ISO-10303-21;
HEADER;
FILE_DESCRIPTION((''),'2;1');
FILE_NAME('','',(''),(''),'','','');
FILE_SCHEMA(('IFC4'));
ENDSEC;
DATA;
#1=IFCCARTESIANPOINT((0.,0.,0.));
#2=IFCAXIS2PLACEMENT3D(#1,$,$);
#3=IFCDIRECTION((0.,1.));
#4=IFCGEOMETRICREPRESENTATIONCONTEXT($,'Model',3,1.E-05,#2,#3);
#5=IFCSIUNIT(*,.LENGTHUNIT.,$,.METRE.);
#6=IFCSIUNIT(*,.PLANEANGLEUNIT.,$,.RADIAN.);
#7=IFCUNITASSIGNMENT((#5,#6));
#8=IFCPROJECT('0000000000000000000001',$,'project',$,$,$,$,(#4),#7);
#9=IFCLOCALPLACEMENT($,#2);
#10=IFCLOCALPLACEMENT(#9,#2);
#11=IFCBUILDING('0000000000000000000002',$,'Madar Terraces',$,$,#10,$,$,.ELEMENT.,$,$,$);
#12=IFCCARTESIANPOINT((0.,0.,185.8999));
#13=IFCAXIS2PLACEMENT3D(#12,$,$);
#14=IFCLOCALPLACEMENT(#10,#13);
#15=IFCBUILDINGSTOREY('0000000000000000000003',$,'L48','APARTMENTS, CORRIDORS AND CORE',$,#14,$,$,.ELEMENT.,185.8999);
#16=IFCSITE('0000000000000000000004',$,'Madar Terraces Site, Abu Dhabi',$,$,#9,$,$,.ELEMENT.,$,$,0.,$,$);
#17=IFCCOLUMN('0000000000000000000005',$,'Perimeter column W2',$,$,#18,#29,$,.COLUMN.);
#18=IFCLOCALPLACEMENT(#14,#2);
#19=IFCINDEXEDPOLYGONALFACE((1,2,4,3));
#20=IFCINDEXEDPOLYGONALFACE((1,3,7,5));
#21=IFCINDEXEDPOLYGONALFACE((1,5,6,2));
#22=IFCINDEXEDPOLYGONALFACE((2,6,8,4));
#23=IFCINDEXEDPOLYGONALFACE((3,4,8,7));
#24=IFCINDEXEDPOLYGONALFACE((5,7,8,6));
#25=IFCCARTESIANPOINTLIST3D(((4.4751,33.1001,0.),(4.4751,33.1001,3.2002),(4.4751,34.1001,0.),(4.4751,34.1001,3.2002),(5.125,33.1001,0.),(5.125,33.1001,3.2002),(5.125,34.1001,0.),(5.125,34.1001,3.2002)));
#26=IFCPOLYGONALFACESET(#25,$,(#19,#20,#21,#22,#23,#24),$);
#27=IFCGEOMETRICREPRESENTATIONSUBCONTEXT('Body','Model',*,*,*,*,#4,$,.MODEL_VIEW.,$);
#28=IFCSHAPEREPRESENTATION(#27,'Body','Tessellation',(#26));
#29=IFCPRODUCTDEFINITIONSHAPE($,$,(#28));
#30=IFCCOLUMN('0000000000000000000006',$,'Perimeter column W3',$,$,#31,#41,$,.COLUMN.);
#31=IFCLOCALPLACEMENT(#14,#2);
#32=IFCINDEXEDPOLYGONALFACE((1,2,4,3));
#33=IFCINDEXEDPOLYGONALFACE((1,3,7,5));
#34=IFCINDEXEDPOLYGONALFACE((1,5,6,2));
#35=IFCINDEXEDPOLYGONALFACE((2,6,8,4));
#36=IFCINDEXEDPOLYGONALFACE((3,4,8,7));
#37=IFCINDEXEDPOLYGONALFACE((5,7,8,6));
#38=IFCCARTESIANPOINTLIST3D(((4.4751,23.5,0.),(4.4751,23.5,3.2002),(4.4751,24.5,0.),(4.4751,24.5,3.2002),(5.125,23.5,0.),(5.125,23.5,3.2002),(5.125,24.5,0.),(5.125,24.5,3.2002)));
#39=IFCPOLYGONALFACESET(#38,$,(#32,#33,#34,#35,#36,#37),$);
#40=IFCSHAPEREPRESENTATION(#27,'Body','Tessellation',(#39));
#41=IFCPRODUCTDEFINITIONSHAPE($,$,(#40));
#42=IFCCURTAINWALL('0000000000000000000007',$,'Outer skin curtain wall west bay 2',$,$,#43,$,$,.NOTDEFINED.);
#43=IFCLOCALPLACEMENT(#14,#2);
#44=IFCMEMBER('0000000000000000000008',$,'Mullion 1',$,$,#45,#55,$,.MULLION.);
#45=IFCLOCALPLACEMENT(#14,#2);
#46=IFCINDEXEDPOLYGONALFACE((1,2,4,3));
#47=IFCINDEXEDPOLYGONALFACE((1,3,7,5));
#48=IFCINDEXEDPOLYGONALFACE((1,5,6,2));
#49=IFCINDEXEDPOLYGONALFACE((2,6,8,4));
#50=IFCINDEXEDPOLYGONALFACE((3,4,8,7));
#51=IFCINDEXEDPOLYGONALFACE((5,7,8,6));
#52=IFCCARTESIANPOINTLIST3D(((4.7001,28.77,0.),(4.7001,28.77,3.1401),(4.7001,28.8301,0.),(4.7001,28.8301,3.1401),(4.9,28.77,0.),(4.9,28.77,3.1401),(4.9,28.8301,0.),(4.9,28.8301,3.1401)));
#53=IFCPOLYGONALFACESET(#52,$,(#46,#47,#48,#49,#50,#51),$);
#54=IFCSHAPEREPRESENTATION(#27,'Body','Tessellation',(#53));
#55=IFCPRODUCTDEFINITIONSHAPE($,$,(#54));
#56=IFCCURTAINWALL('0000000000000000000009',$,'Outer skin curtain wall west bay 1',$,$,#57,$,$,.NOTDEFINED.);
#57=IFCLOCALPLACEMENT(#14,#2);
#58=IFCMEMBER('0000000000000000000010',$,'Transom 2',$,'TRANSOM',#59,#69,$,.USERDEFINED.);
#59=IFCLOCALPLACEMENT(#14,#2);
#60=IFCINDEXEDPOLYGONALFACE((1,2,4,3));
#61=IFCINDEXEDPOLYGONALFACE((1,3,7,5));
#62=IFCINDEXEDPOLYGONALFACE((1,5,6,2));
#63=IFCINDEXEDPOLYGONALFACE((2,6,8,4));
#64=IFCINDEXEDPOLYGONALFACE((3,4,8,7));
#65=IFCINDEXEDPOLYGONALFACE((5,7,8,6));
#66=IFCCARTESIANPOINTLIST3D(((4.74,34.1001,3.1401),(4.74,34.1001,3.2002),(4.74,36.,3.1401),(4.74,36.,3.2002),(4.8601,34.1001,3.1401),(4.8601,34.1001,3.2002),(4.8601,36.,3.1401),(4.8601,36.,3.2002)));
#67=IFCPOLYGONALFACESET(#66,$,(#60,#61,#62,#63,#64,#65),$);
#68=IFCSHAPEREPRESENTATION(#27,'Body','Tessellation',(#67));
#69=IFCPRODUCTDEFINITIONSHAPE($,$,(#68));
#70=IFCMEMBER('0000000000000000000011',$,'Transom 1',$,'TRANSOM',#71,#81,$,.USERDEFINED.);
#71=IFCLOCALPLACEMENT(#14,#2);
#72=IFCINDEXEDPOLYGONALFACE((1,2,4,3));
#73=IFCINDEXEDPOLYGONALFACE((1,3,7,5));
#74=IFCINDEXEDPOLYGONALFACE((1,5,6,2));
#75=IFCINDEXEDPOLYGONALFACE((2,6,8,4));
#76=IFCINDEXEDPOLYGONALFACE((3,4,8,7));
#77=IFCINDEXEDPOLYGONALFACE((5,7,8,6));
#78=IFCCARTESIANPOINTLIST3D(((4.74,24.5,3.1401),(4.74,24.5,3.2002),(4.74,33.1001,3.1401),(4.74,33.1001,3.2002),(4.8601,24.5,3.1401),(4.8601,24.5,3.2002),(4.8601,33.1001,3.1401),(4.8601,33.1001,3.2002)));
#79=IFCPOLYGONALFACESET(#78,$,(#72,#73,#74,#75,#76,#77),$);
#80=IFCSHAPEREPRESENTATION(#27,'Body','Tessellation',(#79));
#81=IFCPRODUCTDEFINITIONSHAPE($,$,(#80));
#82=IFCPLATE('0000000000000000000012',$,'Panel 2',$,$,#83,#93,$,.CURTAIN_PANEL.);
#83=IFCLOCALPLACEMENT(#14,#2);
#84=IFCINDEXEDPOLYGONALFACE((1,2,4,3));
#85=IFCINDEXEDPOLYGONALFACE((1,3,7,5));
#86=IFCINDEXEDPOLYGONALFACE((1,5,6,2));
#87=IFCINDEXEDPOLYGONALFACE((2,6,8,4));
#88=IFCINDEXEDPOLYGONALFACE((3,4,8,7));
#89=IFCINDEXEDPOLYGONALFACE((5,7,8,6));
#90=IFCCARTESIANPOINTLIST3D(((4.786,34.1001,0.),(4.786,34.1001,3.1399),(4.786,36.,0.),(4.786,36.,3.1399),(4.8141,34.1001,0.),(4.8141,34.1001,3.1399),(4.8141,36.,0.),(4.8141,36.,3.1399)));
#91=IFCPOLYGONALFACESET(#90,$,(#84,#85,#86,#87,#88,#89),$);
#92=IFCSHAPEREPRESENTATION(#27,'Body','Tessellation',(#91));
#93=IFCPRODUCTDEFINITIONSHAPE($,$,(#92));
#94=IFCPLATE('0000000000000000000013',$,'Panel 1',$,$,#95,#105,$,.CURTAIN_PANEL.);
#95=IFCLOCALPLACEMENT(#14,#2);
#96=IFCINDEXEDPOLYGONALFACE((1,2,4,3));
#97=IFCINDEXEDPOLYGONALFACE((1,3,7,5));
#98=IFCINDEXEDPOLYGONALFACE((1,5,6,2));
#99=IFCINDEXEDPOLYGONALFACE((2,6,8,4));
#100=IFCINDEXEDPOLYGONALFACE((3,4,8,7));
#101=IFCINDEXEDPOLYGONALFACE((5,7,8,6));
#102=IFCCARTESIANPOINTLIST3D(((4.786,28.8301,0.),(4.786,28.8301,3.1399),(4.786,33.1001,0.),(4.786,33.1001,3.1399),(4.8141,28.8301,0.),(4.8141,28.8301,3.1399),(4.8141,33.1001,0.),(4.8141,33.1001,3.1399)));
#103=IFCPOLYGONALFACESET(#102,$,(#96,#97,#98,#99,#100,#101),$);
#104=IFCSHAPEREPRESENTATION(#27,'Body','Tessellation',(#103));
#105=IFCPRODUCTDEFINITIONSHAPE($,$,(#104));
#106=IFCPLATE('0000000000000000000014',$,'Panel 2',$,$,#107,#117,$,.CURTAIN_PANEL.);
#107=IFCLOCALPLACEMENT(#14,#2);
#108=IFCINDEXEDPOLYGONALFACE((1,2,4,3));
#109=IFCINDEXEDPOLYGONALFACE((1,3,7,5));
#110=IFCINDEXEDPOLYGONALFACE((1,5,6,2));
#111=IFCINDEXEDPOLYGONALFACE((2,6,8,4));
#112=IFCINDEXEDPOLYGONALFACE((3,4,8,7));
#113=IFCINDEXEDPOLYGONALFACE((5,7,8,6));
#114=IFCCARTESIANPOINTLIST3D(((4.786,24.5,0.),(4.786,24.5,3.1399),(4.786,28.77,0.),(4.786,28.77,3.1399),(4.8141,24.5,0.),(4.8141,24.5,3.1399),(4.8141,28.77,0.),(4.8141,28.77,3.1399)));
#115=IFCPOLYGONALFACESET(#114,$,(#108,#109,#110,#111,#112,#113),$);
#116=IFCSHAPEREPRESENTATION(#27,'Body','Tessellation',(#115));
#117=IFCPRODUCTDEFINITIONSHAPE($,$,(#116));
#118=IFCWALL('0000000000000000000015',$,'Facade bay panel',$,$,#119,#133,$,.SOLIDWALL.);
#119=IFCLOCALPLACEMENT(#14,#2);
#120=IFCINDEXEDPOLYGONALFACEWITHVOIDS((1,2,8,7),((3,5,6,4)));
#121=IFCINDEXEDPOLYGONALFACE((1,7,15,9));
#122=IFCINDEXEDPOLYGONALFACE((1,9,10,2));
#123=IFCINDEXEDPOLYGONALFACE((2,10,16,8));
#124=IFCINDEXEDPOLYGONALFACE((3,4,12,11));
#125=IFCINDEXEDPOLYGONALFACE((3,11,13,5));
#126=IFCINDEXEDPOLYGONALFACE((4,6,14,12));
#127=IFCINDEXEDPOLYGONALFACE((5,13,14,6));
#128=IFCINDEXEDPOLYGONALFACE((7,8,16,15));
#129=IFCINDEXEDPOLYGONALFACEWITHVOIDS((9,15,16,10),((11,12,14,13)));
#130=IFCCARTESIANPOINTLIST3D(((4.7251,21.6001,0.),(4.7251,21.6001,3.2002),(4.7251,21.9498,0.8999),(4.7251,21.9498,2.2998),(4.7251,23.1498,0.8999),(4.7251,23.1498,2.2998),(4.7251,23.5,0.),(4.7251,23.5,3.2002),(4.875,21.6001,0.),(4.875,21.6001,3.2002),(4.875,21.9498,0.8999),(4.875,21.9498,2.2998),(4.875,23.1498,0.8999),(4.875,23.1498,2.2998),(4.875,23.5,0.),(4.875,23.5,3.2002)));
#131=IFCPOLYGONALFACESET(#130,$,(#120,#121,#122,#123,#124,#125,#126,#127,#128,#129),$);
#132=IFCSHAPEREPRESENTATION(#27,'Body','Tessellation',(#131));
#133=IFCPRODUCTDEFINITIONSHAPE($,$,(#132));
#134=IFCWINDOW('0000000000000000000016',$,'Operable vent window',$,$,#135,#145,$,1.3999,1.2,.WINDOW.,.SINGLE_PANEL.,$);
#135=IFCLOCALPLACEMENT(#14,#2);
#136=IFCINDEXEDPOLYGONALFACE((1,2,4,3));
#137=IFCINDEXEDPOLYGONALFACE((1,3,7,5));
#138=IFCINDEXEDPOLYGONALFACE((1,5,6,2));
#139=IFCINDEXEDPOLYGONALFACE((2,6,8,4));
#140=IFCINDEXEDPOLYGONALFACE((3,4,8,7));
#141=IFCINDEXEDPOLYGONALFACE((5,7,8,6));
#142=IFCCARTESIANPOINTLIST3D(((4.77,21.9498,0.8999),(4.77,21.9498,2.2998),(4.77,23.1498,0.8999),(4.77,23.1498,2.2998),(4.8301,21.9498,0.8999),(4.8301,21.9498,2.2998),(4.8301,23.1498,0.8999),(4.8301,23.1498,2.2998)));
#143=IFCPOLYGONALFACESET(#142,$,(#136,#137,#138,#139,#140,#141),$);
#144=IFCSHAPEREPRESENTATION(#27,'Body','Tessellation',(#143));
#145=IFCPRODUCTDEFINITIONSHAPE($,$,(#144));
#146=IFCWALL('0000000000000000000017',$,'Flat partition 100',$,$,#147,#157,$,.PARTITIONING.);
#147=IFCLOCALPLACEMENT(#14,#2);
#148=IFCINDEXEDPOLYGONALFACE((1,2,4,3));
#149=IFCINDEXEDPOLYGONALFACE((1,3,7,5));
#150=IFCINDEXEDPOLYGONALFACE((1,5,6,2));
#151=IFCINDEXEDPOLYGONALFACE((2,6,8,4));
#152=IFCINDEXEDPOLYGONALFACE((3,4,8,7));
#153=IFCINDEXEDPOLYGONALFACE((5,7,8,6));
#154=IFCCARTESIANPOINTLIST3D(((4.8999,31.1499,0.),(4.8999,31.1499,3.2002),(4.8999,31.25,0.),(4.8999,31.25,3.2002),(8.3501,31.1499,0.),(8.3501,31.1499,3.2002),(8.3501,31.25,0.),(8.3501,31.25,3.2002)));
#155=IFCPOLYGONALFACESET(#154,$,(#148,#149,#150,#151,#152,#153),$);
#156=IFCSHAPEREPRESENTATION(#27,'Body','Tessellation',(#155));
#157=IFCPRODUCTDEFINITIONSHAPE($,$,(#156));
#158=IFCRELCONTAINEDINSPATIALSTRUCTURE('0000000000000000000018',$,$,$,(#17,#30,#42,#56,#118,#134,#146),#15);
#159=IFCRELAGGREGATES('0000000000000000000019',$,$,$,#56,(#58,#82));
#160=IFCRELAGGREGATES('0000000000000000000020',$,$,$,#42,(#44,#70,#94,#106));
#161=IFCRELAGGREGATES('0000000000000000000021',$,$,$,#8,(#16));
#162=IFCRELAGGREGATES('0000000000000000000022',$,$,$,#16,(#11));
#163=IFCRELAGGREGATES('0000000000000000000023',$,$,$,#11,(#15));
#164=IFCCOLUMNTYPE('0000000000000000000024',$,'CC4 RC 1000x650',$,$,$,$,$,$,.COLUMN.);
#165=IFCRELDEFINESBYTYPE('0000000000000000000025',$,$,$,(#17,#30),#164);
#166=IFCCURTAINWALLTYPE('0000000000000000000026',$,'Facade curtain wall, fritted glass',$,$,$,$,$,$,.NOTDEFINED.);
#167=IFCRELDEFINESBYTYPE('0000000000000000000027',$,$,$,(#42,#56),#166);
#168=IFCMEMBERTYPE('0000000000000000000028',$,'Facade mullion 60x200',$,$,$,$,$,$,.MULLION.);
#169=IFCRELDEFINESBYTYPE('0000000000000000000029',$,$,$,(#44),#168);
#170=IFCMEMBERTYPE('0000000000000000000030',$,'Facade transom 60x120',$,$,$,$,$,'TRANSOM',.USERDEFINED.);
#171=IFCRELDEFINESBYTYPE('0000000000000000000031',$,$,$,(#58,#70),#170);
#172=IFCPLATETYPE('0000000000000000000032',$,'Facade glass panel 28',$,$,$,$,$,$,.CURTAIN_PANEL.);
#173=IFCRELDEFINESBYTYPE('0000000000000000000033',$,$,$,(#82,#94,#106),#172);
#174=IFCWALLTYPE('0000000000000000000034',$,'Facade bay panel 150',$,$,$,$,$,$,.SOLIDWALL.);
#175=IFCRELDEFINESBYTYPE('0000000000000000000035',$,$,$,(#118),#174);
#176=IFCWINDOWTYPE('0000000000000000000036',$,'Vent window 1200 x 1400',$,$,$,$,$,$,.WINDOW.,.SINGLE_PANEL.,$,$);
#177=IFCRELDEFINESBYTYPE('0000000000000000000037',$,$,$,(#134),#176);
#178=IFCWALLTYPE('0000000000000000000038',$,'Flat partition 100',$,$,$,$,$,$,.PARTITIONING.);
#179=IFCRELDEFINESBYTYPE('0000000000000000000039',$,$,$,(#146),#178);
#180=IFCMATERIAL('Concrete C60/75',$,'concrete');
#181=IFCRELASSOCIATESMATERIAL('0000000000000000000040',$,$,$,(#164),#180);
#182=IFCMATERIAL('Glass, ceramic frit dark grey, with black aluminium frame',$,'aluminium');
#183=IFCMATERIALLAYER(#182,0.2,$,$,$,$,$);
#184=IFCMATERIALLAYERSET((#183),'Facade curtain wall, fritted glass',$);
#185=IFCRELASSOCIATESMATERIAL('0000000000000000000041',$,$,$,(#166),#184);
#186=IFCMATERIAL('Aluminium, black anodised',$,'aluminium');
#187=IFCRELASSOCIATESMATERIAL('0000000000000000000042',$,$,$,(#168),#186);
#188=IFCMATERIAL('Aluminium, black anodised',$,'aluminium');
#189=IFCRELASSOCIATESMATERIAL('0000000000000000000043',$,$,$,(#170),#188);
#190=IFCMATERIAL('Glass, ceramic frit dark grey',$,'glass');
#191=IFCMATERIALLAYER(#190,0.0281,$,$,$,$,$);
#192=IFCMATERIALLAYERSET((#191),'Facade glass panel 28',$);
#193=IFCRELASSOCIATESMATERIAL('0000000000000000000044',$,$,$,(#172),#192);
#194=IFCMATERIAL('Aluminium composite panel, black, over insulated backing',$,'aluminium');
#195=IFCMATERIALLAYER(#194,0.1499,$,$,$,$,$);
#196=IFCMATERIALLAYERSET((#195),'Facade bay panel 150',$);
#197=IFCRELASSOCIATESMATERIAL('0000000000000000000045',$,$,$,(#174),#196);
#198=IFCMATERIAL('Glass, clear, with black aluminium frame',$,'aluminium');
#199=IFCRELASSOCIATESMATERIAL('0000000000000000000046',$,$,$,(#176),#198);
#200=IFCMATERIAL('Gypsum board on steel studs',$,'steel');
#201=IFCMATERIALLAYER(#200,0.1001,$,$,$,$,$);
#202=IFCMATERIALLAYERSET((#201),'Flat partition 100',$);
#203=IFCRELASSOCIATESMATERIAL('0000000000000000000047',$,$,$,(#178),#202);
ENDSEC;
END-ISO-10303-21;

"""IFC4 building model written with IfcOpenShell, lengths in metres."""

from ifc_helpers import new_model, si_unit, direction, frame, frame_2d, origin, origin_2d, place, context, subcontext, project, spatial, rectangle, extrude, material, layer, layer_set, material_profile, profile_set, type_object, element, fill, aggregate, save


model = new_model("IFC4")

# Units and contexts
model_context = context("Model", 3, precision=1e-05, world=origin(), true_north=direction((0.0, 1.0)))
body_context = subcontext(model_context, "Body", "Model", "MODEL_VIEW")
ifc_project = project(units=[si_unit("LENGTHUNIT", "METRE"), si_unit("PLANEANGLEUNIT", "RADIAN")], contexts=[model_context])

# Site, building, storey
site_placement = place(None, origin())
site = spatial("IfcSite", under=ifc_project, at=site_placement, Name="Madar Terraces Site, Abu Dhabi", CompositionType="ELEMENT", RefElevation=0.0)
building_placement = place(site_placement, origin())
building = spatial("IfcBuilding", under=site, at=building_placement, Name="Madar Terraces", CompositionType="ELEMENT")
storey_placement = place(building_placement, frame((0.0, 0.0, 185.8999)))
storey = spatial("IfcBuildingStorey", under=building, at=storey_placement, Name="L48", Description="APARTMENTS, CORRIDORS AND CORE", CompositionType="ELEMENT", Elevation=185.8999)

# Columns
ifc_material_1 = material(Name="Concrete C60/75", Category="concrete")
ifc_material_profile_1 = material_profile(ifc_material_1, rectangle(XDim=1.0, YDim=0.6499, at=origin_2d()), Name="CC4 RC 1000x650")
ifc_profile_set_1 = profile_set([ifc_material_profile_1], Name="Concrete C60/75")
column_type = type_object("IfcColumnType", Name="CC4 RC 1000x650", PredefinedType="COLUMN", material=ifc_profile_set_1)
for number, where, z_axis, x_axis, name in (
    (1, (4.8, 33.6001, 0.0), (0.0, 0.0, 1.0), (0.0, 1.0, 0.0), "Perimeter column W2"),
    (2, (4.8, 24.0, 0.0), (0.0, 0.0, 1.0), (0.0, 1.0, 0.0), "Perimeter column W3"),
):
    element("IfcColumn", number, at=place(storey_placement, frame(where, z_axis=z_axis, x_axis=x_axis)), inside=storey, type_object=column_type, Name=name, PredefinedType="COLUMN", context=body_context, shape_type="SweptSolid", body=[
        extrude(rectangle(XDim=1.0, YDim=0.6499, at=origin_2d()), origin(), (0.0, 0.0, 1.0), 3.2002),
    ])

# Curtain walls, members
ifc_material_2 = material(Name="Glass, ceramic frit dark grey, with black aluminium frame", Category="aluminium")
ifc_layer_1 = layer(ifc_material_2, 0.2)
ifc_layer_set_1 = layer_set([ifc_layer_1], Name="Facade curtain wall, fritted glass")
curtain_wall_type = type_object("IfcCurtainWallType", Name="Facade curtain wall, fritted glass", PredefinedType="NOTDEFINED", material=ifc_layer_set_1)
curtain_wall_1_placement = place(storey_placement, origin())
curtain_wall_1 = element("IfcCurtainWall", 3, at=curtain_wall_1_placement, inside=storey, type_object=curtain_wall_type, Name="Outer skin curtain wall west bay 2", PredefinedType="NOTDEFINED")
ifc_material_3 = material(Name="Aluminium, black anodised", Category="aluminium")
ifc_material_profile_2 = material_profile(ifc_material_3, rectangle(XDim=0.2, YDim=0.0601, at=origin_2d()), Name="Facade mullion 60x200")
ifc_profile_set_2 = profile_set([ifc_material_profile_2], Name="Aluminium, black anodised")
member_type_1 = type_object("IfcMemberType", Name="Facade mullion 60x200", PredefinedType="MULLION", material=ifc_profile_set_2)
member_1_placement = place(storey_placement, frame((4.8, 28.8, 0.0), z_axis=(0.0, 0.0, 1.0), x_axis=(1.0, 0.0, 0.0)))
member_1 = element("IfcMember", 4, at=member_1_placement, type_object=member_type_1, Name="Mullion 1", PredefinedType="MULLION", context=body_context, shape_type="SweptSolid", body=[
    extrude(rectangle(XDim=0.2, YDim=0.0601, at=origin_2d()), origin(), (0.0, 0.0, 1.0), 3.1401),
])
curtain_wall_2_placement = place(storey_placement, origin())
curtain_wall_2 = element("IfcCurtainWall", 5, at=curtain_wall_2_placement, inside=storey, type_object=curtain_wall_type, Name="Outer skin curtain wall west bay 1", PredefinedType="NOTDEFINED")
ifc_material_4 = material(Name="Aluminium, black anodised", Category="aluminium")
ifc_material_profile_3 = material_profile(ifc_material_4, rectangle(XDim=0.1201, YDim=0.0601, at=origin_2d()), Name="Facade transom 60x120")
ifc_profile_set_3 = profile_set([ifc_material_profile_3], Name="Aluminium, black anodised")
member_type_2 = type_object("IfcMemberType", Name="Facade transom 60x120", ElementType="TRANSOM", PredefinedType="USERDEFINED", material=ifc_profile_set_3)
member_2_placement = place(storey_placement, frame((4.8, 36.0, 3.1702), z_axis=(0.0, -1.0, 0.0), x_axis=(1.0, 0.0, 0.0)))
member_2 = element("IfcMember", 6, at=member_2_placement, type_object=member_type_2, Name="Transom 2", ObjectType="TRANSOM", PredefinedType="USERDEFINED", context=body_context, shape_type="SweptSolid", body=[
    extrude(rectangle(XDim=0.1201, YDim=0.0601, at=origin_2d()), origin(), (0.0, 0.0, 1.0), 1.8999),
])

# Member
member_3_placement = place(storey_placement, frame((4.8, 33.1001, 3.1702), z_axis=(0.0, -1.0, 0.0), x_axis=(1.0, 0.0, 0.0)))
member_3 = element("IfcMember", 7, at=member_3_placement, type_object=member_type_2, Name="Transom 1", ObjectType="TRANSOM", PredefinedType="USERDEFINED", context=body_context, shape_type="SweptSolid", body=[
    extrude(rectangle(XDim=0.1201, YDim=0.0601, at=origin_2d()), origin(), (0.0, 0.0, 1.0), 8.6001),
])

# Plates
ifc_material_5 = material(Name="Glass, ceramic frit dark grey", Category="glass")
ifc_layer_2 = layer(ifc_material_5, 0.0281)
ifc_layer_set_2 = layer_set([ifc_layer_2], Name="Facade glass panel 28")
plate_type = type_object("IfcPlateType", Name="Facade glass panel 28", PredefinedType="CURTAIN_PANEL", material=ifc_layer_set_2)
plate_1_placement = place(storey_placement, frame((4.8, 35.05, 0.0), z_axis=(0.0, 0.0, 1.0), x_axis=(0.0, -1.0, 0.0)))
plate_1 = element("IfcPlate", 8, at=plate_1_placement, type_object=plate_type, Name="Panel 2", PredefinedType="CURTAIN_PANEL", context=body_context, shape_type="SweptSolid", body=[
    extrude(rectangle(XDim=1.8999, YDim=0.0281, at=origin_2d()), origin(), (0.0, 0.0, 1.0), 3.1399),
])
aggregate(curtain_wall_2, [member_2, plate_1])
plate_2_placement = place(storey_placement, frame((4.8, 30.9651, 0.0), z_axis=(0.0, 0.0, 1.0), x_axis=(0.0, -1.0, 0.0)))
plate_2 = element("IfcPlate", 9, at=plate_2_placement, type_object=plate_type, Name="Panel 1", PredefinedType="CURTAIN_PANEL", context=body_context, shape_type="SweptSolid", body=[
    extrude(rectangle(XDim=4.27, YDim=0.0281, at=origin_2d()), origin(), (0.0, 0.0, 1.0), 3.1399),
])
plate_3_placement = place(storey_placement, frame((4.8, 26.635, 0.0), z_axis=(0.0, 0.0, 1.0), x_axis=(0.0, -1.0, 0.0)))
plate_3 = element("IfcPlate", 10, at=plate_3_placement, type_object=plate_type, Name="Panel 2", PredefinedType="CURTAIN_PANEL", context=body_context, shape_type="SweptSolid", body=[
    extrude(rectangle(XDim=4.27, YDim=0.0281, at=origin_2d()), origin(), (0.0, 0.0, 1.0), 3.1399),
])
aggregate(curtain_wall_1, [member_1, member_3, plate_2, plate_3])

# Shared definitions
ifc_material_6 = material(Name="Aluminium composite panel, black, over insulated backing", Category="aluminium")
ifc_layer_3 = layer(ifc_material_6, 0.1499)
ifc_layer_set_3 = layer_set([ifc_layer_3], Name="Facade bay panel 150")
wall_type_1 = type_object("IfcWallType", Name="Facade bay panel 150", PredefinedType="SOLIDWALL", material=ifc_layer_set_3)

# Wall, opening, window
wall_1_placement = place(storey_placement, frame((4.8, 23.5, 0.0), z_axis=(0.0, 0.0, 1.0), x_axis=(0.0, -1.0, 0.0)))
wall_1 = element("IfcWall", 11, at=wall_1_placement, inside=storey, type_object=wall_type_1, Name="Facade bay panel", PredefinedType="SOLIDWALL", context=body_context, shape_type="SweptSolid", body=[
    extrude(rectangle(XDim=1.8999, YDim=0.1499, at=frame_2d((0.95, 0.0))), origin(), (0.0, 0.0, 1.0), 3.2002),
])
opening_1_placement = place(wall_1_placement, frame((0.3501, 0.0, 0.8999)))
opening_1 = element("IfcOpeningElement", 12, at=opening_1_placement, cuts=wall_1, PredefinedType="OPENING", context=body_context, shape_type="SweptSolid", body=[
    extrude(rectangle(XDim=1.2, YDim=1.3999, at=frame_2d((0.6001, 0.7))), frame((0.0, 0.085, 0.0), z_axis=(0.0, -1.0, 0.0), x_axis=(1.0, 0.0, 0.0)), (0.0, 0.0, 1.0), 0.1699),
])
ifc_material_7 = material(Name="Glass, clear, with black aluminium frame", Category="aluminium")
window_type = type_object("IfcWindowType", Name="Vent window 1200 x 1400", PartitioningType="SINGLE_PANEL", PredefinedType="WINDOW", material=ifc_material_7)
window_placement = place(opening_1_placement, origin())
window = element("IfcWindow", 13, at=window_placement, inside=storey, type_object=window_type, Name="Operable vent window", OverallHeight=1.3999, OverallWidth=1.2, PartitioningType="SINGLE_PANEL", PredefinedType="WINDOW", context=body_context, shape_type="SweptSolid", body=[
    extrude(rectangle(XDim=1.2, YDim=1.3999, at=frame_2d((0.6001, 0.7))), frame((0.0, 0.03, 0.0), z_axis=(0.0, -1.0, 0.0), x_axis=(1.0, 0.0, 0.0)), (0.0, 0.0, 1.0), 0.0601),
])
fill(opening_1, window)

# Wall
ifc_material_8 = material(Name="Gypsum board on steel studs", Category="steel")
ifc_layer_4 = layer(ifc_material_8, 0.1001)
ifc_layer_set_4 = layer_set([ifc_layer_4], Name="Flat partition 100")
wall_type_2 = type_object("IfcWallType", Name="Flat partition 100", PredefinedType="PARTITIONING", material=ifc_layer_set_4)
wall_2_placement = place(storey_placement, frame((8.3501, 31.2, 0.0), z_axis=(0.0, 0.0, 1.0), x_axis=(-1.0, 0.0, 0.0)))
element("IfcWall", 14, at=wall_2_placement, inside=storey, type_object=wall_type_2, Name="Flat partition 100", PredefinedType="PARTITIONING", context=body_context, shape_type="SweptSolid", body=[
    extrude(rectangle(XDim=3.4502, YDim=0.1001, at=frame_2d((1.7251, 0.0))), origin(), (0.0, 0.0, 1.0), 3.2002),
])

save(model, "model.ifc")
